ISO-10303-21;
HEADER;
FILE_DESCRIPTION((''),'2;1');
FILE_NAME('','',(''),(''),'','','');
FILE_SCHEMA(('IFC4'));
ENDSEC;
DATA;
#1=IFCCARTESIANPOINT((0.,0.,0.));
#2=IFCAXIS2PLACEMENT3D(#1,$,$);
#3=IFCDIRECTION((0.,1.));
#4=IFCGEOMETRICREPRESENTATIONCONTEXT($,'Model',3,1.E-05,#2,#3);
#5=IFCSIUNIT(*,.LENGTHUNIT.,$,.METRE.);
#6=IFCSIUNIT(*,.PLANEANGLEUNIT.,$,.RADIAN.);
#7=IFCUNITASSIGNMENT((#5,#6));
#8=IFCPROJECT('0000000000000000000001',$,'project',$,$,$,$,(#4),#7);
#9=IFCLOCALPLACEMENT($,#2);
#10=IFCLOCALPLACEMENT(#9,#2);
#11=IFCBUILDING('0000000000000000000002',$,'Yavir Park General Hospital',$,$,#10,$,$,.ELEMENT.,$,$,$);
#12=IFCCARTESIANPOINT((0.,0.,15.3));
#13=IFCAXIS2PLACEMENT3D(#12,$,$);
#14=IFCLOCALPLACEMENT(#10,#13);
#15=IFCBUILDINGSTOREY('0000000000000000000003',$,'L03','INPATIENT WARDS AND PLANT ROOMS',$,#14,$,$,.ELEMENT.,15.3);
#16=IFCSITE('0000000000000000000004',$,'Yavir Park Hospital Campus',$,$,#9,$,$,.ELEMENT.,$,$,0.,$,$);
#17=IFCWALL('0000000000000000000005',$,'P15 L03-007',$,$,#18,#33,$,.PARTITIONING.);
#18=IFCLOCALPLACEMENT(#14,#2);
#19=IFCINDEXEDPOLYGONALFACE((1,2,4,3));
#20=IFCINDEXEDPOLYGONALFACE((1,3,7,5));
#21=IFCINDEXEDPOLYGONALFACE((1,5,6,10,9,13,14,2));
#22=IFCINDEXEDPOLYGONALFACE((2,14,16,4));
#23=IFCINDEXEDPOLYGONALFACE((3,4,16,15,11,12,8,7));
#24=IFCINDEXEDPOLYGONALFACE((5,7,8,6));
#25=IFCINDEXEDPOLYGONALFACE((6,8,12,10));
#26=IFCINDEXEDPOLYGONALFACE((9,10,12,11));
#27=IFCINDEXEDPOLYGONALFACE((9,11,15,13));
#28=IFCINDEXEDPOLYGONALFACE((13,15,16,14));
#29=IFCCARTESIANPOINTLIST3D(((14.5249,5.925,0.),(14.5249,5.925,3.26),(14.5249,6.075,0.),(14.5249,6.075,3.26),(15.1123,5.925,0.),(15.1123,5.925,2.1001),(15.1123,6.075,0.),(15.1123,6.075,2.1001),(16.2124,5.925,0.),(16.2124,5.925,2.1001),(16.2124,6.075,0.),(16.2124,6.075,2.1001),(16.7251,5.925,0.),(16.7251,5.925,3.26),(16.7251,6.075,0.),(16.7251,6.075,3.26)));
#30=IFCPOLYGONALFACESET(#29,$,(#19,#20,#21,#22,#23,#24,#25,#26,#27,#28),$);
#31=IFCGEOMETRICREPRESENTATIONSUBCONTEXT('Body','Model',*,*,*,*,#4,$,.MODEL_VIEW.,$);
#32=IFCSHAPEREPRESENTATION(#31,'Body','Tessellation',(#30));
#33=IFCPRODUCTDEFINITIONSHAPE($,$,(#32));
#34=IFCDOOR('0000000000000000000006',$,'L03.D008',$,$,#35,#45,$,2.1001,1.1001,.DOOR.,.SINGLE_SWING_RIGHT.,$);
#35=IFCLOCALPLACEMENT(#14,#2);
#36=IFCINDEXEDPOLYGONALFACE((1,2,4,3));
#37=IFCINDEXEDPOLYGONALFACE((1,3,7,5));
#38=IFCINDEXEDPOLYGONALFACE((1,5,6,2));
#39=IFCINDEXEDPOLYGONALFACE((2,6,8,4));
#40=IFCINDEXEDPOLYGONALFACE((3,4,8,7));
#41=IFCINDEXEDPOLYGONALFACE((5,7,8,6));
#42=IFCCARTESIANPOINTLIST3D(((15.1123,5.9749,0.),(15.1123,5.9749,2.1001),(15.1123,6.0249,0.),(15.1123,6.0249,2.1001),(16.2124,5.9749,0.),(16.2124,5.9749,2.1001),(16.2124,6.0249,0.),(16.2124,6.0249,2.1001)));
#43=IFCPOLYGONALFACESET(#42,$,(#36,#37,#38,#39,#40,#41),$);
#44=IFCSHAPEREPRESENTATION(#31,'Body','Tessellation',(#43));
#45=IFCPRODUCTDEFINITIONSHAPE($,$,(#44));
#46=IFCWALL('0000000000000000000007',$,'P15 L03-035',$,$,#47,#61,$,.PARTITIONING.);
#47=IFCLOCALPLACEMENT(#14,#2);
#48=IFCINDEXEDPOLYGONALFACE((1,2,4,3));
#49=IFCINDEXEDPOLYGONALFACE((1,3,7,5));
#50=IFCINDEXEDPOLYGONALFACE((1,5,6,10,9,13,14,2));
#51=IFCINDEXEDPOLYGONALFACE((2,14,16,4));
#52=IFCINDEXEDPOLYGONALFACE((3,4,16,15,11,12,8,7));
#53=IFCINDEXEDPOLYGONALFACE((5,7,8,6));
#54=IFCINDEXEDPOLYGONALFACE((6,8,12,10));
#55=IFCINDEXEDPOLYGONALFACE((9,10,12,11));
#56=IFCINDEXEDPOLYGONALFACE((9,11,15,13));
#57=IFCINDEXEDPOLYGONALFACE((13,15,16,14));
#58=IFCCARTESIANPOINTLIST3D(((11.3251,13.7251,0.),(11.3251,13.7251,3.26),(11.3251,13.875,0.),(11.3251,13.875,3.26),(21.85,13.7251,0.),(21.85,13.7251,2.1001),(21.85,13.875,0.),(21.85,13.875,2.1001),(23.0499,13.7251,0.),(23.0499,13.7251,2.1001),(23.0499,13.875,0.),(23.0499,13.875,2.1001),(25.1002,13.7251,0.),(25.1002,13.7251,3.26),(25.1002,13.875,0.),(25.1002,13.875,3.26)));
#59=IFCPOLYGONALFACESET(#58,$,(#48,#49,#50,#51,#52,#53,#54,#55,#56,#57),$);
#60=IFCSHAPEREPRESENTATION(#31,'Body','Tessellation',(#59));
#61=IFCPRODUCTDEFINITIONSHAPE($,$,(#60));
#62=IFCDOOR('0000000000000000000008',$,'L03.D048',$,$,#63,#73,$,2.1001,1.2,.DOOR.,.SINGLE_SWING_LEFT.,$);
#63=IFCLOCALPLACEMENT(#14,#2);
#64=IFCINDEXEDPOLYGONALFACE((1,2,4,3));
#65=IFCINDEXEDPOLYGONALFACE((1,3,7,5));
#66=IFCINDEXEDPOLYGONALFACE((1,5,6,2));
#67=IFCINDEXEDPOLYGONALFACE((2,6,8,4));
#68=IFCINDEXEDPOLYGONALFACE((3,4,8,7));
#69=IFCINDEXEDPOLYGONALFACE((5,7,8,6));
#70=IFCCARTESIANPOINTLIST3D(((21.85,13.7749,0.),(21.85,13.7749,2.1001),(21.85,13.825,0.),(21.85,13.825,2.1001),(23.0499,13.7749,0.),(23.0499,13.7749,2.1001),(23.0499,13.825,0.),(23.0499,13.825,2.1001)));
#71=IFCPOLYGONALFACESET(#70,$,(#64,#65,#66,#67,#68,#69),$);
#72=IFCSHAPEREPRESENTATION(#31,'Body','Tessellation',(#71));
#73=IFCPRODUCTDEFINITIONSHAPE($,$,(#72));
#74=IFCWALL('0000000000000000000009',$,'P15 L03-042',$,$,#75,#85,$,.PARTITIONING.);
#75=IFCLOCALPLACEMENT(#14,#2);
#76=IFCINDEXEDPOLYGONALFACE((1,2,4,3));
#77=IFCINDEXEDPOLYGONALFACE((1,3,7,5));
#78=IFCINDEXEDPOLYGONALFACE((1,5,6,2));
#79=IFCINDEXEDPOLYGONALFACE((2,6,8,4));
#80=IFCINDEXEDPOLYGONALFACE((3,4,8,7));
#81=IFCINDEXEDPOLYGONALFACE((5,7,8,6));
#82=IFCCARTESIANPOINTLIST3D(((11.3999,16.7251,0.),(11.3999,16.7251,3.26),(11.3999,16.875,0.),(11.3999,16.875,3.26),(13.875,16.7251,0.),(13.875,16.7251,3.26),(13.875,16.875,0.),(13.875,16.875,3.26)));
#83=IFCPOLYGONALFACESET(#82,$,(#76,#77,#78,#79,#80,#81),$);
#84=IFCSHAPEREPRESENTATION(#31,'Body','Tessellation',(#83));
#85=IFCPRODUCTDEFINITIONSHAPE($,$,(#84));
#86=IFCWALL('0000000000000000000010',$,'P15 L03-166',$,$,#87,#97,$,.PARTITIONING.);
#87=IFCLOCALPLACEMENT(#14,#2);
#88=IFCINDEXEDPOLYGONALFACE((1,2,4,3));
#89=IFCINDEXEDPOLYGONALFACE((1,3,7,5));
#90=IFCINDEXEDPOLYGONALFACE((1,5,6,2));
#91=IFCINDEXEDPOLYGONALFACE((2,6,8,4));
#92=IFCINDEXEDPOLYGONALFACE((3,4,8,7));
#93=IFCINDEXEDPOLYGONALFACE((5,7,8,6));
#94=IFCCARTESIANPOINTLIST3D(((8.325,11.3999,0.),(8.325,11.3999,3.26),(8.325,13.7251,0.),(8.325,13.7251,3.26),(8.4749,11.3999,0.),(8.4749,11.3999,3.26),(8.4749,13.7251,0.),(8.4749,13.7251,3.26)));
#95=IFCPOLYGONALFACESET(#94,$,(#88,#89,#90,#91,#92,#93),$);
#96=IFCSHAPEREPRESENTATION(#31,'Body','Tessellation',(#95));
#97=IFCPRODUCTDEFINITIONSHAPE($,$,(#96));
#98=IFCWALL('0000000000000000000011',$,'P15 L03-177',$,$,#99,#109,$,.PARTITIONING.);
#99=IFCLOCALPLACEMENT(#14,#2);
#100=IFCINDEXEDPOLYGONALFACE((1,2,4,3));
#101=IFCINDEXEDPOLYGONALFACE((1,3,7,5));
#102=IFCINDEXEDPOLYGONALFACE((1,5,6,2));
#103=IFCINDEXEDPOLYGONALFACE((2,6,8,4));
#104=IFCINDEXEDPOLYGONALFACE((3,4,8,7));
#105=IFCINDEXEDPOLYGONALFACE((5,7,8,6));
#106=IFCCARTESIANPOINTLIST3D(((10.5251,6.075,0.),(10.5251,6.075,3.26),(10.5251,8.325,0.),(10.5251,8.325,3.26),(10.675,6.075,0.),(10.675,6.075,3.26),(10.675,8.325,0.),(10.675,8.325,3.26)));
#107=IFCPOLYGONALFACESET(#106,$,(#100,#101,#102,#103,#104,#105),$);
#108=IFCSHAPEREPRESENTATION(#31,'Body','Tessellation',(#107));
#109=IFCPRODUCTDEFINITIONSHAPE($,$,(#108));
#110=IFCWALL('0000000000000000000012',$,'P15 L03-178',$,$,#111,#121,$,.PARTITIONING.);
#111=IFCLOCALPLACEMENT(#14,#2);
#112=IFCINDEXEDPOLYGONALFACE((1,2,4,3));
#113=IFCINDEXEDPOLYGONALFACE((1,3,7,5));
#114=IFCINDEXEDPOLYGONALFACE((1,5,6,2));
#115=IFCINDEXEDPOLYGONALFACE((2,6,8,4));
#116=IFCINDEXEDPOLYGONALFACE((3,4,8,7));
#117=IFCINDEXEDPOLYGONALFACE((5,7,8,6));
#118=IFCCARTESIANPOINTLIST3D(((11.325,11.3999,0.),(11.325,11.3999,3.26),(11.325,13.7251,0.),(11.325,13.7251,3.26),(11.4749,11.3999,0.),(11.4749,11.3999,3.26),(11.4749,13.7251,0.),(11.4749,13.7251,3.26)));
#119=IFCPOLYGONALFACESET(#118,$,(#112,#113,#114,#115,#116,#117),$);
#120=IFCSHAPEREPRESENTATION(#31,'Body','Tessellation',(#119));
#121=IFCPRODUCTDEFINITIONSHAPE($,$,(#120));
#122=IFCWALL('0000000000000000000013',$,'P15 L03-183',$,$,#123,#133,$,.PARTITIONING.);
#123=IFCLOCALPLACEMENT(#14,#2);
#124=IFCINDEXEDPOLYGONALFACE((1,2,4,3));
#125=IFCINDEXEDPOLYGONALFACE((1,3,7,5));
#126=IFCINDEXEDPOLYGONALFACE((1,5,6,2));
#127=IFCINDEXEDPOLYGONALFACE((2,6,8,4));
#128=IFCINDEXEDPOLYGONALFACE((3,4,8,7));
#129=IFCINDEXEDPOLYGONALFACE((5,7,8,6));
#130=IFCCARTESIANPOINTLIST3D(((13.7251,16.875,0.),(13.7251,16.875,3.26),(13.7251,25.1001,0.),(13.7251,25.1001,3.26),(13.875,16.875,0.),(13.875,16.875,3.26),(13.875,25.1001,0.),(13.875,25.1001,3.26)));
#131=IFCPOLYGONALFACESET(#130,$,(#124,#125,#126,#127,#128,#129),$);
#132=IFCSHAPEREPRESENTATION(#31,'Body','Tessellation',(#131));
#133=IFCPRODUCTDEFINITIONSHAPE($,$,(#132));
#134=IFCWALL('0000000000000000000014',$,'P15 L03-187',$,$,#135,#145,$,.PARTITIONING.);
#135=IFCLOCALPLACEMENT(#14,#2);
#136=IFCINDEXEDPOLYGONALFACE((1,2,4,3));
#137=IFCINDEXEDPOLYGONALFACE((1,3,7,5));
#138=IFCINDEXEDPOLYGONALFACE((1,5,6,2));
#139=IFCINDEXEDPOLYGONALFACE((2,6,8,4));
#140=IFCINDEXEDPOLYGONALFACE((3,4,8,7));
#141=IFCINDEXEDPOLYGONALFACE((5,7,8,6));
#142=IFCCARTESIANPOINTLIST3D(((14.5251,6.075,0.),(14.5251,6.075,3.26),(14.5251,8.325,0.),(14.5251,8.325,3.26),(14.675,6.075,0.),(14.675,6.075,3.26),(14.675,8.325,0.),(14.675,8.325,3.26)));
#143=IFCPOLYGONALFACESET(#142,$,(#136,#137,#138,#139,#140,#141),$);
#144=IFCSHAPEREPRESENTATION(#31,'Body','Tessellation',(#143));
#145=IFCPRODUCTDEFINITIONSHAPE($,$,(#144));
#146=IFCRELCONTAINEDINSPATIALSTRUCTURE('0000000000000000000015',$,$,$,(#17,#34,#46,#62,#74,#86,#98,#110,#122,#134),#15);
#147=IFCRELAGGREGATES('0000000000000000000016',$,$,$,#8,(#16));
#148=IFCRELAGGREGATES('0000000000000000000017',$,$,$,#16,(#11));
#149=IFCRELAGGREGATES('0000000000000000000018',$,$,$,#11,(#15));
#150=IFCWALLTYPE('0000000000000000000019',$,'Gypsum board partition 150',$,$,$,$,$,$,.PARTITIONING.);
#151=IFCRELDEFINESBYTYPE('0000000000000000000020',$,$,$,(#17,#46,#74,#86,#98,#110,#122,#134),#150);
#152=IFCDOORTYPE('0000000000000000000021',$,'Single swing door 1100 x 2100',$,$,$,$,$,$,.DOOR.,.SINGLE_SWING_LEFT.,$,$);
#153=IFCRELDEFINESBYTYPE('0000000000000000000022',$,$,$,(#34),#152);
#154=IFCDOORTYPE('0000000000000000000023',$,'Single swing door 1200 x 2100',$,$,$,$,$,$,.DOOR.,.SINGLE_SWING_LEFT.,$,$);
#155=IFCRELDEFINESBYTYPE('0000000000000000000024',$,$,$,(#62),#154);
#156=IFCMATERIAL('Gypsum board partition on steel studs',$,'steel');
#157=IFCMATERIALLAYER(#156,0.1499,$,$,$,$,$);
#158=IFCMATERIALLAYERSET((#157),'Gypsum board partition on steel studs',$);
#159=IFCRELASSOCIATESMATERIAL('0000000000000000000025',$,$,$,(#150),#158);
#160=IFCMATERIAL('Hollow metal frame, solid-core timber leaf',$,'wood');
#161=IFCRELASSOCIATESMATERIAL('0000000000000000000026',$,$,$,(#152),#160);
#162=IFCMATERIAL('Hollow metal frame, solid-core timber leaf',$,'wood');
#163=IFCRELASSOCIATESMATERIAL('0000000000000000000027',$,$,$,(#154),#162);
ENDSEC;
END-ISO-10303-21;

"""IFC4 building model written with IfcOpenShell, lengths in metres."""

from ifc_helpers import new_model, si_unit, direction, frame, frame_2d, origin, place, context, subcontext, project, spatial, rectangle, extrude, material, layer, layer_set, type_object, element, fill, save


model = new_model("IFC4")

# Units and contexts
model_context = context("Model", 3, precision=1e-05, world=origin(), true_north=direction((0.0, 1.0)))
body_context = subcontext(model_context, "Body", "Model", "MODEL_VIEW")
ifc_project = project(units=[si_unit("LENGTHUNIT", "METRE"), si_unit("PLANEANGLEUNIT", "RADIAN")], contexts=[model_context])

# Site, building, storey
site_placement = place(None, origin())
site = spatial("IfcSite", under=ifc_project, at=site_placement, Name="Yavir Park Hospital Campus", CompositionType="ELEMENT", RefElevation=0.0)
building_placement = place(site_placement, origin())
building = spatial("IfcBuilding", under=site, at=building_placement, Name="Yavir Park General Hospital", CompositionType="ELEMENT")
storey_placement = place(building_placement, frame((0.0, 0.0, 15.3)))
storey = spatial("IfcBuildingStorey", under=building, at=storey_placement, Name="L03", Description="INPATIENT WARDS AND PLANT ROOMS", CompositionType="ELEMENT", Elevation=15.3)

# Wall, opening, door
ifc_material_1 = material(Name="Gypsum board partition on steel studs", Category="steel")
ifc_layer_1 = layer(ifc_material_1, 0.1499)
ifc_layer_set_1 = layer_set([ifc_layer_1], Name="Gypsum board partition on steel studs")
wall_type_1 = type_object("IfcWallType", Name="Gypsum board partition 150", PredefinedType="PARTITIONING", material=ifc_layer_set_1)
wall_1_placement = place(storey_placement, frame((14.5249, 6.0, 0.0), z_axis=(0.0, 0.0, 1.0), x_axis=(1.0, 0.0, 0.0)))
wall_1 = element("IfcWall", 1, at=wall_1_placement, inside=storey, type_object=wall_type_1, Name="P15 L03-007", PredefinedType="PARTITIONING", context=body_context, shape_type="SweptSolid", body=[
    extrude(rectangle(XDim=2.2002, YDim=0.1499, at=frame_2d((1.1001, 0.0))), origin(), (0.0, 0.0, 1.0), 3.26),
])
opening_1_placement = place(wall_1_placement, frame((0.5874, 0.0, 0.0)))
opening_1 = element("IfcOpeningElement", 2, at=opening_1_placement, cuts=wall_1, PredefinedType="OPENING", context=body_context, shape_type="SweptSolid", body=[
    extrude(rectangle(XDim=1.1001, YDim=2.1001, at=frame_2d((0.55, 1.05))), frame((0.0, 0.085, 0.0), z_axis=(0.0, -1.0, 0.0), x_axis=(1.0, 0.0, 0.0)), (0.0, 0.0, 1.0), 0.1699),
])
ifc_material_2 = material(Name="Hollow metal frame, solid-core timber leaf", Category="wood")
door_type_1 = type_object("IfcDoorType", Name="Single swing door 1100 x 2100", OperationType="SINGLE_SWING_LEFT", PredefinedType="DOOR", material=ifc_material_2)
door_1_placement = place(opening_1_placement, origin())
door_1 = element("IfcDoor", 3, at=door_1_placement, inside=storey, type_object=door_type_1, Name="L03.D008", OperationType="SINGLE_SWING_RIGHT", OverallHeight=2.1001, OverallWidth=1.1001, PredefinedType="DOOR", context=body_context, shape_type="SweptSolid", body=[
    extrude(rectangle(XDim=1.1001, YDim=2.1001, at=frame_2d((0.55, 1.05))), frame((0.0, 0.0249, 0.0), z_axis=(0.0, -1.0, 0.0), x_axis=(1.0, 0.0, 0.0)), (0.0, 0.0, 1.0), 0.05),
])
fill(opening_1, door_1)

# Wall, opening, door
wall_2_placement = place(storey_placement, frame((11.325, 13.8, 0.0), z_axis=(0.0, 0.0, 1.0), x_axis=(1.0, 0.0, 0.0)))
wall_2 = element("IfcWall", 4, at=wall_2_placement, inside=storey, type_object=wall_type_1, Name="P15 L03-035", PredefinedType="PARTITIONING", context=body_context, shape_type="SweptSolid", body=[
    extrude(rectangle(XDim=13.7751, YDim=0.1499, at=frame_2d((6.8877, 0.0))), origin(), (0.0, 0.0, 1.0), 3.26),
])
opening_2_placement = place(wall_2_placement, frame((10.5249, 0.0, 0.0)))
opening_2 = element("IfcOpeningElement", 5, at=opening_2_placement, cuts=wall_2, PredefinedType="OPENING", context=body_context, shape_type="SweptSolid", body=[
    extrude(rectangle(XDim=1.2, YDim=2.1001, at=frame_2d((0.6001, 1.05))), frame((0.0, 0.085, 0.0), z_axis=(0.0, -1.0, 0.0), x_axis=(1.0, 0.0, 0.0)), (0.0, 0.0, 1.0), 0.1699),
])
ifc_material_3 = material(Name="Hollow metal frame, solid-core timber leaf", Category="wood")
door_type_2 = type_object("IfcDoorType", Name="Single swing door 1200 x 2100", OperationType="SINGLE_SWING_LEFT", PredefinedType="DOOR", material=ifc_material_3)
door_2_placement = place(opening_2_placement, origin())
door_2 = element("IfcDoor", 6, at=door_2_placement, inside=storey, type_object=door_type_2, Name="L03.D048", OperationType="SINGLE_SWING_LEFT", OverallHeight=2.1001, OverallWidth=1.2, PredefinedType="DOOR", context=body_context, shape_type="SweptSolid", body=[
    extrude(rectangle(XDim=1.2, YDim=2.1001, at=frame_2d((0.6001, 1.05))), frame((0.0, 0.0249, 0.0), z_axis=(0.0, -1.0, 0.0), x_axis=(1.0, 0.0, 0.0)), (0.0, 0.0, 1.0), 0.05),
])
fill(opening_2, door_2)

# Walls
wall_3_placement = place(storey_placement, frame((11.3999, 16.8, 0.0), z_axis=(0.0, 0.0, 1.0), x_axis=(1.0, 0.0, 0.0)))
element("IfcWall", 7, at=wall_3_placement, inside=storey, type_object=wall_type_1, Name="P15 L03-042", PredefinedType="PARTITIONING", context=body_context, shape_type="SweptSolid", body=[
    extrude(rectangle(XDim=2.4751, YDim=0.1499, at=frame_2d((1.2375, 0.0))), origin(), (0.0, 0.0, 1.0), 3.26),
])
wall_4_placement = place(storey_placement, frame((8.3999, 11.3999, 0.0), z_axis=(0.0, 0.0, 1.0), x_axis=(0.0, 1.0, 0.0)))
element("IfcWall", 8, at=wall_4_placement, inside=storey, type_object=wall_type_1, Name="P15 L03-166", PredefinedType="PARTITIONING", context=body_context, shape_type="SweptSolid", body=[
    extrude(rectangle(XDim=2.3252, YDim=0.1499, at=frame_2d((1.1626, 0.0))), origin(), (0.0, 0.0, 1.0), 3.26),
])
wall_5_placement = place(storey_placement, frame((10.6001, 6.075, 0.0), z_axis=(0.0, 0.0, 1.0), x_axis=(0.0, 1.0, 0.0)))
element("IfcWall", 9, at=wall_5_placement, inside=storey, type_object=wall_type_1, Name="P15 L03-177", PredefinedType="PARTITIONING", context=body_context, shape_type="SweptSolid", body=[
    extrude(rectangle(XDim=2.25, YDim=0.1499, at=frame_2d((1.125, 0.0))), origin(), (0.0, 0.0, 1.0), 3.26),
])
wall_6_placement = place(storey_placement, frame((11.3999, 11.3999, 0.0), z_axis=(0.0, 0.0, 1.0), x_axis=(0.0, 1.0, 0.0)))
element("IfcWall", 10, at=wall_6_placement, inside=storey, type_object=wall_type_1, Name="P15 L03-178", PredefinedType="PARTITIONING", context=body_context, shape_type="SweptSolid", body=[
    extrude(rectangle(XDim=2.3252, YDim=0.1499, at=frame_2d((1.1626, 0.0))), origin(), (0.0, 0.0, 1.0), 3.26),
])
wall_7_placement = place(storey_placement, frame((13.8, 16.875, 0.0), z_axis=(0.0, 0.0, 1.0), x_axis=(0.0, 1.0, 0.0)))
element("IfcWall", 11, at=wall_7_placement, inside=storey, type_object=wall_type_1, Name="P15 L03-183", PredefinedType="PARTITIONING", context=body_context, shape_type="SweptSolid", body=[
    extrude(rectangle(XDim=8.2251, YDim=0.1499, at=frame_2d((4.1125, 0.0))), origin(), (0.0, 0.0, 1.0), 3.26),
])
wall_8_placement = place(storey_placement, frame((14.6001, 6.075, 0.0), z_axis=(0.0, 0.0, 1.0), x_axis=(0.0, 1.0, 0.0)))
element("IfcWall", 12, at=wall_8_placement, inside=storey, type_object=wall_type_1, Name="P15 L03-187", PredefinedType="PARTITIONING", context=body_context, shape_type="SweptSolid", body=[
    extrude(rectangle(XDim=2.25, YDim=0.1499, at=frame_2d((1.125, 0.0))), origin(), (0.0, 0.0, 1.0), 3.26),
])

save(model, "model.ifc")
